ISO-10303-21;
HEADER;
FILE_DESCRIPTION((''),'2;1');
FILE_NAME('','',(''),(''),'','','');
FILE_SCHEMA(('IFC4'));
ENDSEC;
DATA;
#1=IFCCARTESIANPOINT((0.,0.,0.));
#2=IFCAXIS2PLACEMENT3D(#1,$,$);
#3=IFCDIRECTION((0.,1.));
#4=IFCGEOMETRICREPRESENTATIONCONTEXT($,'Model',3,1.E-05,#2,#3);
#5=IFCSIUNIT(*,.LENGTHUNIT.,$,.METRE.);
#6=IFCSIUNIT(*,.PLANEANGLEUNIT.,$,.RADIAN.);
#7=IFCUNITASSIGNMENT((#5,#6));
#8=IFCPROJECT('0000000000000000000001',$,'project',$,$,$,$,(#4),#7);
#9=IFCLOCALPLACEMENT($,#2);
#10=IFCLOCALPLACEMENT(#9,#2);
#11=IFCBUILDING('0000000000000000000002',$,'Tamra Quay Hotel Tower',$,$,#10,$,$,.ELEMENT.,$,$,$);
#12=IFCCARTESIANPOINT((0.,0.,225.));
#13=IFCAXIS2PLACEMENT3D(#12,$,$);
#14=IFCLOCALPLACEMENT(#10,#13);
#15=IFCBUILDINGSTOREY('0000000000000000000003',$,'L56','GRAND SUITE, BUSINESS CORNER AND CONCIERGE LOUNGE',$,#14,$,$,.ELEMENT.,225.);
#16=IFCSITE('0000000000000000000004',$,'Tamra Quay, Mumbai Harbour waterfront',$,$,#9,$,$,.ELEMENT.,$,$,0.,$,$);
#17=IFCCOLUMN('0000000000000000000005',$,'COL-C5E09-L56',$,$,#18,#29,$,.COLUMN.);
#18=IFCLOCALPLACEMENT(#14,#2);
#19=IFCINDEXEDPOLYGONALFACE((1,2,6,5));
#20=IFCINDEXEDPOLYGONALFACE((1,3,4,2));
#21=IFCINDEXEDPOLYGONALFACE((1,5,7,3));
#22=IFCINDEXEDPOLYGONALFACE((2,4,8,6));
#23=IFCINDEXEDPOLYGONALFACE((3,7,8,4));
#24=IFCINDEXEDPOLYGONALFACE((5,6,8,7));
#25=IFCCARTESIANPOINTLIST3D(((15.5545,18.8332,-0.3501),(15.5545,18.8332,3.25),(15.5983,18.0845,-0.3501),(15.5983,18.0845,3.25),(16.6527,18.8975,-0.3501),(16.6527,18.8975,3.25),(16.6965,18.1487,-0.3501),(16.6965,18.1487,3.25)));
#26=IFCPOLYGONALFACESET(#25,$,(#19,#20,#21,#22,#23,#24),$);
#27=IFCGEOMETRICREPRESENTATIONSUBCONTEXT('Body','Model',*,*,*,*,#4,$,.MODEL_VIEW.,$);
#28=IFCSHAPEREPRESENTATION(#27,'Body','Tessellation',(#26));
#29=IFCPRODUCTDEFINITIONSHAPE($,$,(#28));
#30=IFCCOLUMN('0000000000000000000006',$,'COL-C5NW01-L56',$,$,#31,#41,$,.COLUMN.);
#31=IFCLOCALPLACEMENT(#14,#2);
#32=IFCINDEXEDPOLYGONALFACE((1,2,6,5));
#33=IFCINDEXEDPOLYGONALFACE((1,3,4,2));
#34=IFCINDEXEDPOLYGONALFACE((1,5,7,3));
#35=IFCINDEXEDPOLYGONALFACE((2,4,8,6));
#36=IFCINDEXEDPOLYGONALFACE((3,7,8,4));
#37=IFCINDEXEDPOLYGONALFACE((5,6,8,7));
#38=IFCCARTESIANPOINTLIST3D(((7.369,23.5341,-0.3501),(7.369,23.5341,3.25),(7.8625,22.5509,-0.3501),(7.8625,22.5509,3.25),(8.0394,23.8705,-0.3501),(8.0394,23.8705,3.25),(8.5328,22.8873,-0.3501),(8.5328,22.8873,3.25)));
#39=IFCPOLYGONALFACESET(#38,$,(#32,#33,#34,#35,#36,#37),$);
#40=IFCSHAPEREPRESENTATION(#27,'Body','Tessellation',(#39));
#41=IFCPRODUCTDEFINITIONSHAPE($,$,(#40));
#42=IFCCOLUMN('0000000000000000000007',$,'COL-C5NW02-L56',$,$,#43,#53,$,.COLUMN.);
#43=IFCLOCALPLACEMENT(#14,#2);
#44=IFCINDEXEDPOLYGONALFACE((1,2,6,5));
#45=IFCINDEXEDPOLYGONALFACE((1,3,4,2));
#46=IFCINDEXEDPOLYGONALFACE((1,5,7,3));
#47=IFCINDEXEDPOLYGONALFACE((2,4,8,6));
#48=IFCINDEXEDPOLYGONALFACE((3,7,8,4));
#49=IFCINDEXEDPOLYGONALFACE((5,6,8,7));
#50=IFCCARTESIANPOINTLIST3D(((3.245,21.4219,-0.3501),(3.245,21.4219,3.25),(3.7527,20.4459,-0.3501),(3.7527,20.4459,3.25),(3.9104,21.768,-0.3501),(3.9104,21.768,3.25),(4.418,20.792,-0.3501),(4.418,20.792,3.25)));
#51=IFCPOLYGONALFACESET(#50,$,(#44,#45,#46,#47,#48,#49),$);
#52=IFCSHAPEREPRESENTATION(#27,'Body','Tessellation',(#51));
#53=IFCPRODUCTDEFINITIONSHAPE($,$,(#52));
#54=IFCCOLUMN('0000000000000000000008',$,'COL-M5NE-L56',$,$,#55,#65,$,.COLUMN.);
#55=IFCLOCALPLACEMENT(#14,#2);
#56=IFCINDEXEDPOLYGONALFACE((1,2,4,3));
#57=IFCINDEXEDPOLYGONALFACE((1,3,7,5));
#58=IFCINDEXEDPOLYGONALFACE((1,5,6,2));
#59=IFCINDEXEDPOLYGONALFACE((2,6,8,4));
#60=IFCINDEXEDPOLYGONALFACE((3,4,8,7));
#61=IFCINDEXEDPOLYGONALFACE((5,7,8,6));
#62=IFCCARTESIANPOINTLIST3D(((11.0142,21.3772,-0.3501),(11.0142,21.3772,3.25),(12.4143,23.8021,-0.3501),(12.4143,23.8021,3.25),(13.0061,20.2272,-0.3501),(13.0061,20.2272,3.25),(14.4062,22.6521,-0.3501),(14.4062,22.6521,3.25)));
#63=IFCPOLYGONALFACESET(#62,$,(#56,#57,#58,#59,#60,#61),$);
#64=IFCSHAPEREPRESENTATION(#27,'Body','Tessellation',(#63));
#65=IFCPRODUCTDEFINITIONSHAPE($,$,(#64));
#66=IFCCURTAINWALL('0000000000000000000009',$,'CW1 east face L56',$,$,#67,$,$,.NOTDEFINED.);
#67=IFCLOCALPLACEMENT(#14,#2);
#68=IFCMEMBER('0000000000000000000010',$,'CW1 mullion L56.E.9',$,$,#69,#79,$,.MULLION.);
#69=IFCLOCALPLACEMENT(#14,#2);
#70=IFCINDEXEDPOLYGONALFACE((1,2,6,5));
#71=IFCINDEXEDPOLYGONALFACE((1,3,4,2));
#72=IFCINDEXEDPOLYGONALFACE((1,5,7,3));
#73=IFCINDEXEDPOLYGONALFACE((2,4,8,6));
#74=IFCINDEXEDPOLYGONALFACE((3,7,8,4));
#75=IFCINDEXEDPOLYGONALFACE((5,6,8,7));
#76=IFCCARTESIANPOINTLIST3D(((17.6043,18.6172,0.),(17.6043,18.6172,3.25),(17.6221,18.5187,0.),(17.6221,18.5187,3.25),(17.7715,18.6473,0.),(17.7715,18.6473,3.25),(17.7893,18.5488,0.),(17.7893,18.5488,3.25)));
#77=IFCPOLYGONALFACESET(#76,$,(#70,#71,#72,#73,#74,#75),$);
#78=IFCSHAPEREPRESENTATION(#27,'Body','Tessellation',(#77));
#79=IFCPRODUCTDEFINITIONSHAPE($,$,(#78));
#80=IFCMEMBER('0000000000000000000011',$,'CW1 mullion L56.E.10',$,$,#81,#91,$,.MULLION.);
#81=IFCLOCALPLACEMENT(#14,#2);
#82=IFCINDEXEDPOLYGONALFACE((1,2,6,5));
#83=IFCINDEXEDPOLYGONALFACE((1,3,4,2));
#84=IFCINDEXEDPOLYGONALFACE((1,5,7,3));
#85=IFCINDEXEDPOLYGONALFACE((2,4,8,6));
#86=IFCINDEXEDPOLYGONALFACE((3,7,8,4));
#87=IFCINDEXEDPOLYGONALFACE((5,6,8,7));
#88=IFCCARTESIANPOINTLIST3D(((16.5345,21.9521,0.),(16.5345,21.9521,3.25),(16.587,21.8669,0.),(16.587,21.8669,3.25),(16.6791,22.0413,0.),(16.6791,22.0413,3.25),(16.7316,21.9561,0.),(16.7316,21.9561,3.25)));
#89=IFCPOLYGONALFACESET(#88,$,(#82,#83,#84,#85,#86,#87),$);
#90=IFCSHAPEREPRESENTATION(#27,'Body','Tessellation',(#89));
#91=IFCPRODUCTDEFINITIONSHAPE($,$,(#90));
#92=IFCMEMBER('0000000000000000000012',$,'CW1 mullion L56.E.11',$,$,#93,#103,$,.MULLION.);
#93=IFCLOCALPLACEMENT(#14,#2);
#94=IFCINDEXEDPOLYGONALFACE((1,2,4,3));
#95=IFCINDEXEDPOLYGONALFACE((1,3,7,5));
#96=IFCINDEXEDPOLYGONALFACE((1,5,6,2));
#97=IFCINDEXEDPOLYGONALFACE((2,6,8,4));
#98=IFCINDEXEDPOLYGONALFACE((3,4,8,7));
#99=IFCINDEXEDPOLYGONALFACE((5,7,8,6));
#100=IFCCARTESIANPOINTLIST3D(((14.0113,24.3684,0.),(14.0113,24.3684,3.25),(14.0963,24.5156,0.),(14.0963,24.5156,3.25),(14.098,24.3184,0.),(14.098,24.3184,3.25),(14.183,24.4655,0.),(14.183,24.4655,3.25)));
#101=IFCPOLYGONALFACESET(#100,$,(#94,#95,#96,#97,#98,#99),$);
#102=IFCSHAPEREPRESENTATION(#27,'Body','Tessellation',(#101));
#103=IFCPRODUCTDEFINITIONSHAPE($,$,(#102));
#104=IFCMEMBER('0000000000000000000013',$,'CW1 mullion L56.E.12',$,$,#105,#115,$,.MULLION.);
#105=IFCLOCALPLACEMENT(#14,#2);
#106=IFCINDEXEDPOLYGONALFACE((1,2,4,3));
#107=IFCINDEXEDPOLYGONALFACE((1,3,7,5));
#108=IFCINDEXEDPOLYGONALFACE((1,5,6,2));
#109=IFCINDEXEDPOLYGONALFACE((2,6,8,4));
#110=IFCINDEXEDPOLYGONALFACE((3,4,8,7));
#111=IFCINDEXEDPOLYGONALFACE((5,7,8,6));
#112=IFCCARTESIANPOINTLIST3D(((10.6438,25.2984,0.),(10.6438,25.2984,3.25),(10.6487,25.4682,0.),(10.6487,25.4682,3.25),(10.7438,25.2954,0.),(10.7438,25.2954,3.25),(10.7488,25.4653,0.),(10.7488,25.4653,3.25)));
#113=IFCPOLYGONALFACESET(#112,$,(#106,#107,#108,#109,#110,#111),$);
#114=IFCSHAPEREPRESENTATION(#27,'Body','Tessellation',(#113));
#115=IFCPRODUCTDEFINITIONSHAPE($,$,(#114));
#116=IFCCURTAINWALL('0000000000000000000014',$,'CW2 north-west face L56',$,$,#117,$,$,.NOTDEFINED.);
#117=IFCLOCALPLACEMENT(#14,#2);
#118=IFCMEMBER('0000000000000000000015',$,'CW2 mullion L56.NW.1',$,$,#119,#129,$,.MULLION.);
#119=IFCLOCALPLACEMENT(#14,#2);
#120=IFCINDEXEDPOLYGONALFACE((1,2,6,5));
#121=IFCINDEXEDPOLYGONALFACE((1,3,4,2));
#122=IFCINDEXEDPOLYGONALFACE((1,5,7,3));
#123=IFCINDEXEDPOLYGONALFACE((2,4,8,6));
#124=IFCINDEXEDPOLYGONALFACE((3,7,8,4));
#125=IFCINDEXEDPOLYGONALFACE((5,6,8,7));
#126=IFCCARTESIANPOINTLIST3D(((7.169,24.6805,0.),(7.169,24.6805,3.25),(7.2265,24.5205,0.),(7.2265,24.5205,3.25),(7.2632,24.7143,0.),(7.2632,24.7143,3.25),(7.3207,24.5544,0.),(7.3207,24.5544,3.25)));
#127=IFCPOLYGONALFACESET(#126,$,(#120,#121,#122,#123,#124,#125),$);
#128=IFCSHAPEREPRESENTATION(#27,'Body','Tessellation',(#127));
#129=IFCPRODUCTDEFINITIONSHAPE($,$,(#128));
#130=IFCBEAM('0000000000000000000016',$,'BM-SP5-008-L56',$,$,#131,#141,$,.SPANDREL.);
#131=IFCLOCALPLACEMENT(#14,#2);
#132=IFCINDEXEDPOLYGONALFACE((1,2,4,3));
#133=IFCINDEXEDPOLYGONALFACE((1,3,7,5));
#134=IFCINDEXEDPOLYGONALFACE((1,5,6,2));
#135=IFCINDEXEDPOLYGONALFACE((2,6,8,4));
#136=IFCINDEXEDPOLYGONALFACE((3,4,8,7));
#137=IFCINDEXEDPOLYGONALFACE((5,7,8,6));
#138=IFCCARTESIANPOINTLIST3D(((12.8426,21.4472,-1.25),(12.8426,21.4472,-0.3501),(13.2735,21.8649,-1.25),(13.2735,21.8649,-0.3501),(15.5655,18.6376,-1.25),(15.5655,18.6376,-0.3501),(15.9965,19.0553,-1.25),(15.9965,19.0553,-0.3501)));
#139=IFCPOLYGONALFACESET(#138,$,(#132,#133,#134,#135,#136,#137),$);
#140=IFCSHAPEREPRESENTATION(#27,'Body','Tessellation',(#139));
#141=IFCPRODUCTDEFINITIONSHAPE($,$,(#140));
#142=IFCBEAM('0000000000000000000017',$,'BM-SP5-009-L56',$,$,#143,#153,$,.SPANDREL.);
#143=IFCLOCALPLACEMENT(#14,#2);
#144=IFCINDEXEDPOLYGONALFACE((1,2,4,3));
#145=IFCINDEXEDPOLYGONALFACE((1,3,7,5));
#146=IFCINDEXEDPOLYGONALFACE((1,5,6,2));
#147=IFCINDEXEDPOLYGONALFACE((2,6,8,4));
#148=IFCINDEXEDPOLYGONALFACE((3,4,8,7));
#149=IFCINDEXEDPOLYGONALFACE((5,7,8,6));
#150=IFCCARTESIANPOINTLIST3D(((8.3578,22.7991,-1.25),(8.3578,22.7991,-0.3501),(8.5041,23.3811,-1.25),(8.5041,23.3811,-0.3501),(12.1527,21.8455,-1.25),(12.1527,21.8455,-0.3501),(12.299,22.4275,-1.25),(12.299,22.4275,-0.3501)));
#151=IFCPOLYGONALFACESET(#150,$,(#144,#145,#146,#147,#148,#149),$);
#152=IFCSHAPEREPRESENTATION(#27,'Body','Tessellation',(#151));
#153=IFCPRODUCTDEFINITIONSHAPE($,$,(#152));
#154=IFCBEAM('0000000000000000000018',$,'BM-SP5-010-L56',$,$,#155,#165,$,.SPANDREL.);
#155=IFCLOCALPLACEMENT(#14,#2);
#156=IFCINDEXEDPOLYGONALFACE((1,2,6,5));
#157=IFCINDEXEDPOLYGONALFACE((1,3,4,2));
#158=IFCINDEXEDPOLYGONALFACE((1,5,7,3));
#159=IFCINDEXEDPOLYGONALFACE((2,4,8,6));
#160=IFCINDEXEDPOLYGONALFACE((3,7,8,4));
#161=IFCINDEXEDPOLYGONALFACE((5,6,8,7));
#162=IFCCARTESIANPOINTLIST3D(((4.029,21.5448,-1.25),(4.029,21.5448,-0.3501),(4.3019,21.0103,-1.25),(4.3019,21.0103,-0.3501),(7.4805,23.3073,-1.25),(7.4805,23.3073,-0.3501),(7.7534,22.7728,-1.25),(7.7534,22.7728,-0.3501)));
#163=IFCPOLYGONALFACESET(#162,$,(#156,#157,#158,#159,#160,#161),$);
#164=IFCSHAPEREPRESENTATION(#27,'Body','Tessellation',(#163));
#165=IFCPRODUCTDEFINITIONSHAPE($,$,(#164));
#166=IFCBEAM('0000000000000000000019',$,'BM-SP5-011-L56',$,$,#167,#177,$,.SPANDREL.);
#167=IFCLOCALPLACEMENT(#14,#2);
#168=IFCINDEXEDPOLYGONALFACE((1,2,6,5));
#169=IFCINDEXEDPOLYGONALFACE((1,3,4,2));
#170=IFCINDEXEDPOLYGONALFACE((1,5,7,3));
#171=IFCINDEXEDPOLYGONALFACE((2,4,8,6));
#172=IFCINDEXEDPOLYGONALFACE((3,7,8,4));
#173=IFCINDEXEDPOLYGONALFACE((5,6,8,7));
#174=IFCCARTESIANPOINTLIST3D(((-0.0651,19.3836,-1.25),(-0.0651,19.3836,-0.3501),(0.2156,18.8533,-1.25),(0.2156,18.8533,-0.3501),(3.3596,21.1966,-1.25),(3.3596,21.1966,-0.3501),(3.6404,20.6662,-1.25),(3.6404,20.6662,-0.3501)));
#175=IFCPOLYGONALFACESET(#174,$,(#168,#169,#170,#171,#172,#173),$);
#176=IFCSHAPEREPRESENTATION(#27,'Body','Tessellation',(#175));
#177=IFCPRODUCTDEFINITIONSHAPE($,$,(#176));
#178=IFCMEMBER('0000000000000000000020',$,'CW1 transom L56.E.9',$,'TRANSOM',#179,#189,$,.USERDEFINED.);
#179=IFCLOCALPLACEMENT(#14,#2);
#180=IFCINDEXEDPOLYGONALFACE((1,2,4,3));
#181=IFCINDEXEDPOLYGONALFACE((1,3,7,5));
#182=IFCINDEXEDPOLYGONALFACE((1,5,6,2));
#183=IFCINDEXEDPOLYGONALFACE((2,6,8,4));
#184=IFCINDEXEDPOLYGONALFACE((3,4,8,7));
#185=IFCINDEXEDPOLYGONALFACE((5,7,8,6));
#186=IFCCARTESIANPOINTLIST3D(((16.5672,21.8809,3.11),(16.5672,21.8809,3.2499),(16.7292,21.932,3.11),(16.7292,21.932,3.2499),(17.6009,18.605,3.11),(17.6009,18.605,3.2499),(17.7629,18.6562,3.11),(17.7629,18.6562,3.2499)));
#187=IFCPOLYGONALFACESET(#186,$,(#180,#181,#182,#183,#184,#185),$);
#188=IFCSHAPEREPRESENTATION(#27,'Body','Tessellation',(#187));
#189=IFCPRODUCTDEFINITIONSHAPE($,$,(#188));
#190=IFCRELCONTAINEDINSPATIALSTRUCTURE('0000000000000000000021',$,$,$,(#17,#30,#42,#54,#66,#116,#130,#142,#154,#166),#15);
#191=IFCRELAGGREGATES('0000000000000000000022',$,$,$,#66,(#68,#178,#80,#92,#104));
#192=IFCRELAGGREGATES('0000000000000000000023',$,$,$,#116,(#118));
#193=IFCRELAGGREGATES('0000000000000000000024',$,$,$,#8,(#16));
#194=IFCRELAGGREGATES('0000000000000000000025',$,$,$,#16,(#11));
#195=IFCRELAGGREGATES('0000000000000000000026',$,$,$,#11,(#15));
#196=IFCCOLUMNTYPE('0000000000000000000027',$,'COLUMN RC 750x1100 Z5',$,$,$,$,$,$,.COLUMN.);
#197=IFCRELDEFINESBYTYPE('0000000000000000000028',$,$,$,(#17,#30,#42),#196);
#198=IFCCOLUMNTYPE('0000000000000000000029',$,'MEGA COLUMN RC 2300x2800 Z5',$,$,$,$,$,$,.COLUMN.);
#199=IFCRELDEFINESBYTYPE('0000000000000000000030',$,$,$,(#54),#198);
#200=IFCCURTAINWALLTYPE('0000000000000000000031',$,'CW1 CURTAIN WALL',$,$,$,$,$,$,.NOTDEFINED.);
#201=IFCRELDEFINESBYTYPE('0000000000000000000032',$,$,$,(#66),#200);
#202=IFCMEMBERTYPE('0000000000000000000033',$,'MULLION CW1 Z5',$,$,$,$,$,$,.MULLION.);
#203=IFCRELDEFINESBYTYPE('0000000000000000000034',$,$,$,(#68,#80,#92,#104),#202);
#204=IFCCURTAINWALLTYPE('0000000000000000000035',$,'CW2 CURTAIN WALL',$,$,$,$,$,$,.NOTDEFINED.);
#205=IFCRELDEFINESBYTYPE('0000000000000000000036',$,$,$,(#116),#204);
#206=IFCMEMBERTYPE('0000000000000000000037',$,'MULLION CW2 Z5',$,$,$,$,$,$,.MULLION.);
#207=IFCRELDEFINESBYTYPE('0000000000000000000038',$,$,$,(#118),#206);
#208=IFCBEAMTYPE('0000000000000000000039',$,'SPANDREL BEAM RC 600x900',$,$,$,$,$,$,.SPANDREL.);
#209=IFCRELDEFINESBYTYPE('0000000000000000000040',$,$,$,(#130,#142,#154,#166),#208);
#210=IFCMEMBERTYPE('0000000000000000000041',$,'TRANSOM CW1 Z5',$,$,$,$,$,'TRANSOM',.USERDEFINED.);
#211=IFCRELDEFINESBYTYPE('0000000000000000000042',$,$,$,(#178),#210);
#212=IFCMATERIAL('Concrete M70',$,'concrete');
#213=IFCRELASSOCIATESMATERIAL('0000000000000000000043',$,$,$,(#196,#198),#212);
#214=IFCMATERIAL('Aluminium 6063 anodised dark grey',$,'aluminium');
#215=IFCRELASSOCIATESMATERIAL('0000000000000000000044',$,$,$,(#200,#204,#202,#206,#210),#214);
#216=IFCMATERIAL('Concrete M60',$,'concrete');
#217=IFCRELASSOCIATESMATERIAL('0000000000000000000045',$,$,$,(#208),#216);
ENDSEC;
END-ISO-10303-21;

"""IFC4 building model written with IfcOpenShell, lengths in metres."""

from ifc_helpers import new_model, si_unit, direction, frame, origin, origin_2d, place, context, subcontext, project, spatial, rectangle, extrude, material, material_profile, profile_set, type_object, element, aggregate, save


model = new_model("IFC4")

# Units and contexts
model_context = context("Model", 3, precision=1e-05, world=origin(), true_north=direction((0.0, 1.0)))
body_context = subcontext(model_context, "Body", "Model", "MODEL_VIEW")
ifc_project = project(units=[si_unit("LENGTHUNIT", "METRE"), si_unit("PLANEANGLEUNIT", "RADIAN")], contexts=[model_context])

# Site, building, storey
site_placement = place(None, origin())
site = spatial("IfcSite", under=ifc_project, at=site_placement, Name="Tamra Quay, Mumbai Harbour waterfront", CompositionType="ELEMENT", RefElevation=0.0)
building_placement = place(site_placement, origin())
building = spatial("IfcBuilding", under=site, at=building_placement, Name="Tamra Quay Hotel Tower", CompositionType="ELEMENT")
storey_placement = place(building_placement, frame((0.0, 0.0, 225.0)))
storey = spatial("IfcBuildingStorey", under=building, at=storey_placement, Name="L56", Description="GRAND SUITE, BUSINESS CORNER AND CONCIERGE LOUNGE", CompositionType="ELEMENT", Elevation=225.0)

# Columns
ifc_material_1 = material(Name="Concrete M70", Category="concrete")
ifc_material_profile_1 = material_profile(ifc_material_1, rectangle(XDim=1.1001, YDim=0.75, at=origin_2d()), Name="COLUMN RC 750x1100 Z5")
ifc_profile_set_1 = profile_set([ifc_material_profile_1], Name="Concrete M70")
column_type_1 = type_object("IfcColumnType", Name="COLUMN RC 750x1100 Z5", PredefinedType="COLUMN", material=ifc_profile_set_1)
for number, where, z_axis, x_axis, name in (
    (1, (16.1255, 18.491, -0.3501), (0.0, 0.0, 1.0), (0.998292, 0.05842, 0.0), "COL-C5E09-L56"),
    (2, (7.9509, 23.2107, -0.3501), (0.0, 0.0, 1.0), (-0.448553, 0.893756, 0.0), "COL-C5NW01-L56"),
    (3, (3.8315, 21.1069, -0.3501), (0.0, 0.0, 1.0), (-0.461448, 0.887167, 0.0), "COL-C5NW02-L56"),
):
    element("IfcColumn", number, at=place(storey_placement, frame(where, z_axis=z_axis, x_axis=x_axis)), inside=storey, type_object=column_type_1, Name=name, PredefinedType="COLUMN", context=body_context, shape_type="SweptSolid", body=[
        extrude(rectangle(XDim=1.1001, YDim=0.75, at=origin_2d()), origin(), (0.0, 0.0, 1.0), 3.6001),
    ])
ifc_material_profile_2 = material_profile(ifc_material_1, rectangle(XDim=2.8, YDim=2.3, at=origin_2d()), Name="MEGA COLUMN RC 2300x2800 Z5")
ifc_profile_set_2 = profile_set([ifc_material_profile_2], Name="Concrete M70")
column_type_2 = type_object("IfcColumnType", Name="MEGA COLUMN RC 2300x2800 Z5", PredefinedType="COLUMN", material=ifc_profile_set_2)
column_placement = place(storey_placement, frame((12.7102, 22.0146, -0.3501), z_axis=(0.0, 0.0, 1.0), x_axis=(0.5, 0.866025, 0.0)))
element("IfcColumn", 4, at=column_placement, inside=storey, type_object=column_type_2, Name="COL-M5NE-L56", PredefinedType="COLUMN", context=body_context, shape_type="SweptSolid", body=[
    extrude(rectangle(XDim=2.8, YDim=2.3, at=origin_2d()), origin(), (0.0, 0.0, 1.0), 3.6001),
])

# Curtain wall, members
ifc_material_2 = material(Name="Aluminium 6063 anodised dark grey", Category="aluminium")
curtain_wall_type_1 = type_object("IfcCurtainWallType", Name="CW1 CURTAIN WALL", PredefinedType="NOTDEFINED", material=ifc_material_2)
curtain_wall_1_placement = place(storey_placement, origin())
curtain_wall_1 = element("IfcCurtainWall", 5, at=curtain_wall_1_placement, inside=storey, type_object=curtain_wall_type_1, Name="CW1 east face L56", PredefinedType="NOTDEFINED")
ifc_material_profile_3 = material_profile(ifc_material_2, rectangle(XDim=0.1699, YDim=0.1001, at=origin_2d()), Name="MULLION 100X170")
ifc_profile_set_3 = profile_set([ifc_material_profile_3], Name="Aluminium 6063 anodised dark grey")
member_type_1 = type_object("IfcMemberType", Name="MULLION CW1 Z5", PredefinedType="MULLION", material=ifc_profile_set_3)
member_1_placement = place(storey_placement, frame((17.6968, 18.583, 0.0), z_axis=(0.0, 0.0, 1.0), x_axis=(0.984105, 0.177586, 0.0)))
member_1 = element("IfcMember", 6, at=member_1_placement, type_object=member_type_1, Name="CW1 mullion L56.E.9", PredefinedType="MULLION", context=body_context, shape_type="SweptSolid", body=[
    extrude(rectangle(XDim=0.1699, YDim=0.1001, at=origin_2d()), origin(), (0.0, 0.0, 1.0), 3.25),
])
member_2_placement = place(storey_placement, frame((16.6331, 21.9541, 0.0), z_axis=(0.0, 0.0, 1.0), x_axis=(0.851044, 0.525094, 0.0)))
member_2 = element("IfcMember", 7, at=member_2_placement, type_object=member_type_1, Name="CW1 mullion L56.E.10", PredefinedType="MULLION", context=body_context, shape_type="SweptSolid", body=[
    extrude(rectangle(XDim=0.1699, YDim=0.1001, at=origin_2d()), origin(), (0.0, 0.0, 1.0), 3.25),
])
member_3_placement = place(storey_placement, frame((14.0972, 24.417, 0.0), z_axis=(0.0, 0.0, 1.0), x_axis=(0.5, 0.866025, 0.0)))
member_3 = element("IfcMember", 8, at=member_3_placement, type_object=member_type_1, Name="CW1 mullion L56.E.11", PredefinedType="MULLION", context=body_context, shape_type="SweptSolid", body=[
    extrude(rectangle(XDim=0.1699, YDim=0.1001, at=origin_2d()), origin(), (0.0, 0.0, 1.0), 3.25),
])
member_4_placement = place(storey_placement, frame((10.6963, 25.3818, 0.0), z_axis=(0.0, 0.0, 1.0), x_axis=(0.029223, 0.999573, 0.0)))
member_4 = element("IfcMember", 9, at=member_4_placement, type_object=member_type_1, Name="CW1 mullion L56.E.12", PredefinedType="MULLION", context=body_context, shape_type="SweptSolid", body=[
    extrude(rectangle(XDim=0.1699, YDim=0.1001, at=origin_2d()), origin(), (0.0, 0.0, 1.0), 3.25),
])

# Curtain wall, member
curtain_wall_type_2 = type_object("IfcCurtainWallType", Name="CW2 CURTAIN WALL", PredefinedType="NOTDEFINED", material=ifc_material_2)
curtain_wall_2_placement = place(storey_placement, origin())
curtain_wall_2 = element("IfcCurtainWall", 10, at=curtain_wall_2_placement, inside=storey, type_object=curtain_wall_type_2, Name="CW2 north-west face L56", PredefinedType="NOTDEFINED")
ifc_material_profile_4 = material_profile(ifc_material_2, rectangle(XDim=0.1699, YDim=0.1001, at=origin_2d()), Name="MULLION 100X170")
ifc_profile_set_4 = profile_set([ifc_material_profile_4], Name="Aluminium 6063 anodised dark grey")
member_type_2 = type_object("IfcMemberType", Name="MULLION CW2 Z5", PredefinedType="MULLION", material=ifc_profile_set_4)
member_5_placement = place(storey_placement, frame((7.2449, 24.6174, 0.0), z_axis=(0.0, 0.0, 1.0), x_axis=(-0.338259, 0.941053, 0.0)))
member_5 = element("IfcMember", 11, at=member_5_placement, type_object=member_type_2, Name="CW2 mullion L56.NW.1", PredefinedType="MULLION", context=body_context, shape_type="SweptSolid", body=[
    extrude(rectangle(XDim=0.1699, YDim=0.1001, at=origin_2d()), origin(), (0.0, 0.0, 1.0), 3.25),
])

# Beams
ifc_material_3 = material(Name="Concrete M60", Category="concrete")
ifc_material_profile_5 = material_profile(ifc_material_3, rectangle(XDim=0.6001, YDim=0.8999, at=origin_2d()), Name="SPANDREL BEAM RC 600x900")
ifc_profile_set_5 = profile_set([ifc_material_profile_5], Name="Concrete M60")
beam_type = type_object("IfcBeamType", Name="SPANDREL BEAM RC 600x900", PredefinedType="SPANDREL", material=ifc_profile_set_5)
beam_1_placement = place(storey_placement, frame((15.781, 18.8464, -0.8), z_axis=(-0.695944, 0.718096, 0.0), x_axis=(-0.718096, -0.695944, 0.0)))
element("IfcBeam", 12, at=beam_1_placement, inside=storey, type_object=beam_type, Name="BM-SP5-008-L56", PredefinedType="SPANDREL", context=body_context, shape_type="SweptSolid", body=[
    extrude(rectangle(XDim=0.6001, YDim=0.8999, at=origin_2d()), origin(), (0.0, 0.0, 1.0), 3.9126),
])
beam_2_placement = place(storey_placement, frame((12.2258, 22.1365, -0.8), z_axis=(-0.969848, 0.24371, 0.0), x_axis=(-0.24371, -0.969848, 0.0)))
element("IfcBeam", 13, at=beam_2_placement, inside=storey, type_object=beam_type, Name="BM-SP5-009-L56", PredefinedType="SPANDREL", context=body_context, shape_type="SweptSolid", body=[
    extrude(rectangle(XDim=0.6001, YDim=0.8999, at=origin_2d()), origin(), (0.0, 0.0, 1.0), 3.9128),
])
beam_3_placement = place(storey_placement, frame((7.6169, 23.04, -0.8), z_axis=(-0.890603, -0.454782, 0.0), x_axis=(0.454782, -0.890603, 0.0)))
element("IfcBeam", 14, at=beam_3_placement, inside=storey, type_object=beam_type, Name="BM-SP5-010-L56", PredefinedType="SPANDREL", context=body_context, shape_type="SweptSolid", body=[
    extrude(rectangle(XDim=0.6001, YDim=0.8999, at=origin_2d()), origin(), (0.0, 0.0, 1.0), 3.8755),
])
beam_4_placement = place(storey_placement, frame((3.5, 20.9314, -0.8), z_axis=(-0.883803, -0.467859, 0.0), x_axis=(0.467859, -0.883803, 0.0)))
element("IfcBeam", 15, at=beam_4_placement, inside=storey, type_object=beam_type, Name="BM-SP5-011-L56", PredefinedType="SPANDREL", context=body_context, shape_type="SweptSolid", body=[
    extrude(rectangle(XDim=0.6001, YDim=0.8999, at=origin_2d()), origin(), (0.0, 0.0, 1.0), 3.875),
])

# Member
ifc_material_profile_6 = material_profile(ifc_material_2, rectangle(XDim=0.1699, YDim=0.1399, at=origin_2d()), Name="TRANSOM 170X140")
ifc_profile_set_6 = profile_set([ifc_material_profile_6], Name="Aluminium 6063 anodised dark grey")
member_type_3 = type_object("IfcMemberType", Name="TRANSOM CW1 Z5", ElementType="TRANSOM", PredefinedType="USERDEFINED", material=ifc_profile_set_6)
member_6_placement = place(storey_placement, frame((17.6819, 18.6306, 3.1799), z_axis=(-0.30092, 0.953649, 0.0), x_axis=(-0.953649, -0.30092, 0.0)))
member_6 = element("IfcMember", 16, at=member_6_placement, type_object=member_type_3, Name="CW1 transom L56.E.9", ObjectType="TRANSOM", PredefinedType="USERDEFINED", context=body_context, shape_type="SweptSolid", body=[
    extrude(rectangle(XDim=0.1699, YDim=0.1399, at=origin_2d()), origin(), (0.0, 0.0, 1.0), 3.4351),
])

aggregate(curtain_wall_1, [member_1, member_6, member_2, member_3, member_4])
aggregate(curtain_wall_2, [member_5])

save(model, "model.ifc")
